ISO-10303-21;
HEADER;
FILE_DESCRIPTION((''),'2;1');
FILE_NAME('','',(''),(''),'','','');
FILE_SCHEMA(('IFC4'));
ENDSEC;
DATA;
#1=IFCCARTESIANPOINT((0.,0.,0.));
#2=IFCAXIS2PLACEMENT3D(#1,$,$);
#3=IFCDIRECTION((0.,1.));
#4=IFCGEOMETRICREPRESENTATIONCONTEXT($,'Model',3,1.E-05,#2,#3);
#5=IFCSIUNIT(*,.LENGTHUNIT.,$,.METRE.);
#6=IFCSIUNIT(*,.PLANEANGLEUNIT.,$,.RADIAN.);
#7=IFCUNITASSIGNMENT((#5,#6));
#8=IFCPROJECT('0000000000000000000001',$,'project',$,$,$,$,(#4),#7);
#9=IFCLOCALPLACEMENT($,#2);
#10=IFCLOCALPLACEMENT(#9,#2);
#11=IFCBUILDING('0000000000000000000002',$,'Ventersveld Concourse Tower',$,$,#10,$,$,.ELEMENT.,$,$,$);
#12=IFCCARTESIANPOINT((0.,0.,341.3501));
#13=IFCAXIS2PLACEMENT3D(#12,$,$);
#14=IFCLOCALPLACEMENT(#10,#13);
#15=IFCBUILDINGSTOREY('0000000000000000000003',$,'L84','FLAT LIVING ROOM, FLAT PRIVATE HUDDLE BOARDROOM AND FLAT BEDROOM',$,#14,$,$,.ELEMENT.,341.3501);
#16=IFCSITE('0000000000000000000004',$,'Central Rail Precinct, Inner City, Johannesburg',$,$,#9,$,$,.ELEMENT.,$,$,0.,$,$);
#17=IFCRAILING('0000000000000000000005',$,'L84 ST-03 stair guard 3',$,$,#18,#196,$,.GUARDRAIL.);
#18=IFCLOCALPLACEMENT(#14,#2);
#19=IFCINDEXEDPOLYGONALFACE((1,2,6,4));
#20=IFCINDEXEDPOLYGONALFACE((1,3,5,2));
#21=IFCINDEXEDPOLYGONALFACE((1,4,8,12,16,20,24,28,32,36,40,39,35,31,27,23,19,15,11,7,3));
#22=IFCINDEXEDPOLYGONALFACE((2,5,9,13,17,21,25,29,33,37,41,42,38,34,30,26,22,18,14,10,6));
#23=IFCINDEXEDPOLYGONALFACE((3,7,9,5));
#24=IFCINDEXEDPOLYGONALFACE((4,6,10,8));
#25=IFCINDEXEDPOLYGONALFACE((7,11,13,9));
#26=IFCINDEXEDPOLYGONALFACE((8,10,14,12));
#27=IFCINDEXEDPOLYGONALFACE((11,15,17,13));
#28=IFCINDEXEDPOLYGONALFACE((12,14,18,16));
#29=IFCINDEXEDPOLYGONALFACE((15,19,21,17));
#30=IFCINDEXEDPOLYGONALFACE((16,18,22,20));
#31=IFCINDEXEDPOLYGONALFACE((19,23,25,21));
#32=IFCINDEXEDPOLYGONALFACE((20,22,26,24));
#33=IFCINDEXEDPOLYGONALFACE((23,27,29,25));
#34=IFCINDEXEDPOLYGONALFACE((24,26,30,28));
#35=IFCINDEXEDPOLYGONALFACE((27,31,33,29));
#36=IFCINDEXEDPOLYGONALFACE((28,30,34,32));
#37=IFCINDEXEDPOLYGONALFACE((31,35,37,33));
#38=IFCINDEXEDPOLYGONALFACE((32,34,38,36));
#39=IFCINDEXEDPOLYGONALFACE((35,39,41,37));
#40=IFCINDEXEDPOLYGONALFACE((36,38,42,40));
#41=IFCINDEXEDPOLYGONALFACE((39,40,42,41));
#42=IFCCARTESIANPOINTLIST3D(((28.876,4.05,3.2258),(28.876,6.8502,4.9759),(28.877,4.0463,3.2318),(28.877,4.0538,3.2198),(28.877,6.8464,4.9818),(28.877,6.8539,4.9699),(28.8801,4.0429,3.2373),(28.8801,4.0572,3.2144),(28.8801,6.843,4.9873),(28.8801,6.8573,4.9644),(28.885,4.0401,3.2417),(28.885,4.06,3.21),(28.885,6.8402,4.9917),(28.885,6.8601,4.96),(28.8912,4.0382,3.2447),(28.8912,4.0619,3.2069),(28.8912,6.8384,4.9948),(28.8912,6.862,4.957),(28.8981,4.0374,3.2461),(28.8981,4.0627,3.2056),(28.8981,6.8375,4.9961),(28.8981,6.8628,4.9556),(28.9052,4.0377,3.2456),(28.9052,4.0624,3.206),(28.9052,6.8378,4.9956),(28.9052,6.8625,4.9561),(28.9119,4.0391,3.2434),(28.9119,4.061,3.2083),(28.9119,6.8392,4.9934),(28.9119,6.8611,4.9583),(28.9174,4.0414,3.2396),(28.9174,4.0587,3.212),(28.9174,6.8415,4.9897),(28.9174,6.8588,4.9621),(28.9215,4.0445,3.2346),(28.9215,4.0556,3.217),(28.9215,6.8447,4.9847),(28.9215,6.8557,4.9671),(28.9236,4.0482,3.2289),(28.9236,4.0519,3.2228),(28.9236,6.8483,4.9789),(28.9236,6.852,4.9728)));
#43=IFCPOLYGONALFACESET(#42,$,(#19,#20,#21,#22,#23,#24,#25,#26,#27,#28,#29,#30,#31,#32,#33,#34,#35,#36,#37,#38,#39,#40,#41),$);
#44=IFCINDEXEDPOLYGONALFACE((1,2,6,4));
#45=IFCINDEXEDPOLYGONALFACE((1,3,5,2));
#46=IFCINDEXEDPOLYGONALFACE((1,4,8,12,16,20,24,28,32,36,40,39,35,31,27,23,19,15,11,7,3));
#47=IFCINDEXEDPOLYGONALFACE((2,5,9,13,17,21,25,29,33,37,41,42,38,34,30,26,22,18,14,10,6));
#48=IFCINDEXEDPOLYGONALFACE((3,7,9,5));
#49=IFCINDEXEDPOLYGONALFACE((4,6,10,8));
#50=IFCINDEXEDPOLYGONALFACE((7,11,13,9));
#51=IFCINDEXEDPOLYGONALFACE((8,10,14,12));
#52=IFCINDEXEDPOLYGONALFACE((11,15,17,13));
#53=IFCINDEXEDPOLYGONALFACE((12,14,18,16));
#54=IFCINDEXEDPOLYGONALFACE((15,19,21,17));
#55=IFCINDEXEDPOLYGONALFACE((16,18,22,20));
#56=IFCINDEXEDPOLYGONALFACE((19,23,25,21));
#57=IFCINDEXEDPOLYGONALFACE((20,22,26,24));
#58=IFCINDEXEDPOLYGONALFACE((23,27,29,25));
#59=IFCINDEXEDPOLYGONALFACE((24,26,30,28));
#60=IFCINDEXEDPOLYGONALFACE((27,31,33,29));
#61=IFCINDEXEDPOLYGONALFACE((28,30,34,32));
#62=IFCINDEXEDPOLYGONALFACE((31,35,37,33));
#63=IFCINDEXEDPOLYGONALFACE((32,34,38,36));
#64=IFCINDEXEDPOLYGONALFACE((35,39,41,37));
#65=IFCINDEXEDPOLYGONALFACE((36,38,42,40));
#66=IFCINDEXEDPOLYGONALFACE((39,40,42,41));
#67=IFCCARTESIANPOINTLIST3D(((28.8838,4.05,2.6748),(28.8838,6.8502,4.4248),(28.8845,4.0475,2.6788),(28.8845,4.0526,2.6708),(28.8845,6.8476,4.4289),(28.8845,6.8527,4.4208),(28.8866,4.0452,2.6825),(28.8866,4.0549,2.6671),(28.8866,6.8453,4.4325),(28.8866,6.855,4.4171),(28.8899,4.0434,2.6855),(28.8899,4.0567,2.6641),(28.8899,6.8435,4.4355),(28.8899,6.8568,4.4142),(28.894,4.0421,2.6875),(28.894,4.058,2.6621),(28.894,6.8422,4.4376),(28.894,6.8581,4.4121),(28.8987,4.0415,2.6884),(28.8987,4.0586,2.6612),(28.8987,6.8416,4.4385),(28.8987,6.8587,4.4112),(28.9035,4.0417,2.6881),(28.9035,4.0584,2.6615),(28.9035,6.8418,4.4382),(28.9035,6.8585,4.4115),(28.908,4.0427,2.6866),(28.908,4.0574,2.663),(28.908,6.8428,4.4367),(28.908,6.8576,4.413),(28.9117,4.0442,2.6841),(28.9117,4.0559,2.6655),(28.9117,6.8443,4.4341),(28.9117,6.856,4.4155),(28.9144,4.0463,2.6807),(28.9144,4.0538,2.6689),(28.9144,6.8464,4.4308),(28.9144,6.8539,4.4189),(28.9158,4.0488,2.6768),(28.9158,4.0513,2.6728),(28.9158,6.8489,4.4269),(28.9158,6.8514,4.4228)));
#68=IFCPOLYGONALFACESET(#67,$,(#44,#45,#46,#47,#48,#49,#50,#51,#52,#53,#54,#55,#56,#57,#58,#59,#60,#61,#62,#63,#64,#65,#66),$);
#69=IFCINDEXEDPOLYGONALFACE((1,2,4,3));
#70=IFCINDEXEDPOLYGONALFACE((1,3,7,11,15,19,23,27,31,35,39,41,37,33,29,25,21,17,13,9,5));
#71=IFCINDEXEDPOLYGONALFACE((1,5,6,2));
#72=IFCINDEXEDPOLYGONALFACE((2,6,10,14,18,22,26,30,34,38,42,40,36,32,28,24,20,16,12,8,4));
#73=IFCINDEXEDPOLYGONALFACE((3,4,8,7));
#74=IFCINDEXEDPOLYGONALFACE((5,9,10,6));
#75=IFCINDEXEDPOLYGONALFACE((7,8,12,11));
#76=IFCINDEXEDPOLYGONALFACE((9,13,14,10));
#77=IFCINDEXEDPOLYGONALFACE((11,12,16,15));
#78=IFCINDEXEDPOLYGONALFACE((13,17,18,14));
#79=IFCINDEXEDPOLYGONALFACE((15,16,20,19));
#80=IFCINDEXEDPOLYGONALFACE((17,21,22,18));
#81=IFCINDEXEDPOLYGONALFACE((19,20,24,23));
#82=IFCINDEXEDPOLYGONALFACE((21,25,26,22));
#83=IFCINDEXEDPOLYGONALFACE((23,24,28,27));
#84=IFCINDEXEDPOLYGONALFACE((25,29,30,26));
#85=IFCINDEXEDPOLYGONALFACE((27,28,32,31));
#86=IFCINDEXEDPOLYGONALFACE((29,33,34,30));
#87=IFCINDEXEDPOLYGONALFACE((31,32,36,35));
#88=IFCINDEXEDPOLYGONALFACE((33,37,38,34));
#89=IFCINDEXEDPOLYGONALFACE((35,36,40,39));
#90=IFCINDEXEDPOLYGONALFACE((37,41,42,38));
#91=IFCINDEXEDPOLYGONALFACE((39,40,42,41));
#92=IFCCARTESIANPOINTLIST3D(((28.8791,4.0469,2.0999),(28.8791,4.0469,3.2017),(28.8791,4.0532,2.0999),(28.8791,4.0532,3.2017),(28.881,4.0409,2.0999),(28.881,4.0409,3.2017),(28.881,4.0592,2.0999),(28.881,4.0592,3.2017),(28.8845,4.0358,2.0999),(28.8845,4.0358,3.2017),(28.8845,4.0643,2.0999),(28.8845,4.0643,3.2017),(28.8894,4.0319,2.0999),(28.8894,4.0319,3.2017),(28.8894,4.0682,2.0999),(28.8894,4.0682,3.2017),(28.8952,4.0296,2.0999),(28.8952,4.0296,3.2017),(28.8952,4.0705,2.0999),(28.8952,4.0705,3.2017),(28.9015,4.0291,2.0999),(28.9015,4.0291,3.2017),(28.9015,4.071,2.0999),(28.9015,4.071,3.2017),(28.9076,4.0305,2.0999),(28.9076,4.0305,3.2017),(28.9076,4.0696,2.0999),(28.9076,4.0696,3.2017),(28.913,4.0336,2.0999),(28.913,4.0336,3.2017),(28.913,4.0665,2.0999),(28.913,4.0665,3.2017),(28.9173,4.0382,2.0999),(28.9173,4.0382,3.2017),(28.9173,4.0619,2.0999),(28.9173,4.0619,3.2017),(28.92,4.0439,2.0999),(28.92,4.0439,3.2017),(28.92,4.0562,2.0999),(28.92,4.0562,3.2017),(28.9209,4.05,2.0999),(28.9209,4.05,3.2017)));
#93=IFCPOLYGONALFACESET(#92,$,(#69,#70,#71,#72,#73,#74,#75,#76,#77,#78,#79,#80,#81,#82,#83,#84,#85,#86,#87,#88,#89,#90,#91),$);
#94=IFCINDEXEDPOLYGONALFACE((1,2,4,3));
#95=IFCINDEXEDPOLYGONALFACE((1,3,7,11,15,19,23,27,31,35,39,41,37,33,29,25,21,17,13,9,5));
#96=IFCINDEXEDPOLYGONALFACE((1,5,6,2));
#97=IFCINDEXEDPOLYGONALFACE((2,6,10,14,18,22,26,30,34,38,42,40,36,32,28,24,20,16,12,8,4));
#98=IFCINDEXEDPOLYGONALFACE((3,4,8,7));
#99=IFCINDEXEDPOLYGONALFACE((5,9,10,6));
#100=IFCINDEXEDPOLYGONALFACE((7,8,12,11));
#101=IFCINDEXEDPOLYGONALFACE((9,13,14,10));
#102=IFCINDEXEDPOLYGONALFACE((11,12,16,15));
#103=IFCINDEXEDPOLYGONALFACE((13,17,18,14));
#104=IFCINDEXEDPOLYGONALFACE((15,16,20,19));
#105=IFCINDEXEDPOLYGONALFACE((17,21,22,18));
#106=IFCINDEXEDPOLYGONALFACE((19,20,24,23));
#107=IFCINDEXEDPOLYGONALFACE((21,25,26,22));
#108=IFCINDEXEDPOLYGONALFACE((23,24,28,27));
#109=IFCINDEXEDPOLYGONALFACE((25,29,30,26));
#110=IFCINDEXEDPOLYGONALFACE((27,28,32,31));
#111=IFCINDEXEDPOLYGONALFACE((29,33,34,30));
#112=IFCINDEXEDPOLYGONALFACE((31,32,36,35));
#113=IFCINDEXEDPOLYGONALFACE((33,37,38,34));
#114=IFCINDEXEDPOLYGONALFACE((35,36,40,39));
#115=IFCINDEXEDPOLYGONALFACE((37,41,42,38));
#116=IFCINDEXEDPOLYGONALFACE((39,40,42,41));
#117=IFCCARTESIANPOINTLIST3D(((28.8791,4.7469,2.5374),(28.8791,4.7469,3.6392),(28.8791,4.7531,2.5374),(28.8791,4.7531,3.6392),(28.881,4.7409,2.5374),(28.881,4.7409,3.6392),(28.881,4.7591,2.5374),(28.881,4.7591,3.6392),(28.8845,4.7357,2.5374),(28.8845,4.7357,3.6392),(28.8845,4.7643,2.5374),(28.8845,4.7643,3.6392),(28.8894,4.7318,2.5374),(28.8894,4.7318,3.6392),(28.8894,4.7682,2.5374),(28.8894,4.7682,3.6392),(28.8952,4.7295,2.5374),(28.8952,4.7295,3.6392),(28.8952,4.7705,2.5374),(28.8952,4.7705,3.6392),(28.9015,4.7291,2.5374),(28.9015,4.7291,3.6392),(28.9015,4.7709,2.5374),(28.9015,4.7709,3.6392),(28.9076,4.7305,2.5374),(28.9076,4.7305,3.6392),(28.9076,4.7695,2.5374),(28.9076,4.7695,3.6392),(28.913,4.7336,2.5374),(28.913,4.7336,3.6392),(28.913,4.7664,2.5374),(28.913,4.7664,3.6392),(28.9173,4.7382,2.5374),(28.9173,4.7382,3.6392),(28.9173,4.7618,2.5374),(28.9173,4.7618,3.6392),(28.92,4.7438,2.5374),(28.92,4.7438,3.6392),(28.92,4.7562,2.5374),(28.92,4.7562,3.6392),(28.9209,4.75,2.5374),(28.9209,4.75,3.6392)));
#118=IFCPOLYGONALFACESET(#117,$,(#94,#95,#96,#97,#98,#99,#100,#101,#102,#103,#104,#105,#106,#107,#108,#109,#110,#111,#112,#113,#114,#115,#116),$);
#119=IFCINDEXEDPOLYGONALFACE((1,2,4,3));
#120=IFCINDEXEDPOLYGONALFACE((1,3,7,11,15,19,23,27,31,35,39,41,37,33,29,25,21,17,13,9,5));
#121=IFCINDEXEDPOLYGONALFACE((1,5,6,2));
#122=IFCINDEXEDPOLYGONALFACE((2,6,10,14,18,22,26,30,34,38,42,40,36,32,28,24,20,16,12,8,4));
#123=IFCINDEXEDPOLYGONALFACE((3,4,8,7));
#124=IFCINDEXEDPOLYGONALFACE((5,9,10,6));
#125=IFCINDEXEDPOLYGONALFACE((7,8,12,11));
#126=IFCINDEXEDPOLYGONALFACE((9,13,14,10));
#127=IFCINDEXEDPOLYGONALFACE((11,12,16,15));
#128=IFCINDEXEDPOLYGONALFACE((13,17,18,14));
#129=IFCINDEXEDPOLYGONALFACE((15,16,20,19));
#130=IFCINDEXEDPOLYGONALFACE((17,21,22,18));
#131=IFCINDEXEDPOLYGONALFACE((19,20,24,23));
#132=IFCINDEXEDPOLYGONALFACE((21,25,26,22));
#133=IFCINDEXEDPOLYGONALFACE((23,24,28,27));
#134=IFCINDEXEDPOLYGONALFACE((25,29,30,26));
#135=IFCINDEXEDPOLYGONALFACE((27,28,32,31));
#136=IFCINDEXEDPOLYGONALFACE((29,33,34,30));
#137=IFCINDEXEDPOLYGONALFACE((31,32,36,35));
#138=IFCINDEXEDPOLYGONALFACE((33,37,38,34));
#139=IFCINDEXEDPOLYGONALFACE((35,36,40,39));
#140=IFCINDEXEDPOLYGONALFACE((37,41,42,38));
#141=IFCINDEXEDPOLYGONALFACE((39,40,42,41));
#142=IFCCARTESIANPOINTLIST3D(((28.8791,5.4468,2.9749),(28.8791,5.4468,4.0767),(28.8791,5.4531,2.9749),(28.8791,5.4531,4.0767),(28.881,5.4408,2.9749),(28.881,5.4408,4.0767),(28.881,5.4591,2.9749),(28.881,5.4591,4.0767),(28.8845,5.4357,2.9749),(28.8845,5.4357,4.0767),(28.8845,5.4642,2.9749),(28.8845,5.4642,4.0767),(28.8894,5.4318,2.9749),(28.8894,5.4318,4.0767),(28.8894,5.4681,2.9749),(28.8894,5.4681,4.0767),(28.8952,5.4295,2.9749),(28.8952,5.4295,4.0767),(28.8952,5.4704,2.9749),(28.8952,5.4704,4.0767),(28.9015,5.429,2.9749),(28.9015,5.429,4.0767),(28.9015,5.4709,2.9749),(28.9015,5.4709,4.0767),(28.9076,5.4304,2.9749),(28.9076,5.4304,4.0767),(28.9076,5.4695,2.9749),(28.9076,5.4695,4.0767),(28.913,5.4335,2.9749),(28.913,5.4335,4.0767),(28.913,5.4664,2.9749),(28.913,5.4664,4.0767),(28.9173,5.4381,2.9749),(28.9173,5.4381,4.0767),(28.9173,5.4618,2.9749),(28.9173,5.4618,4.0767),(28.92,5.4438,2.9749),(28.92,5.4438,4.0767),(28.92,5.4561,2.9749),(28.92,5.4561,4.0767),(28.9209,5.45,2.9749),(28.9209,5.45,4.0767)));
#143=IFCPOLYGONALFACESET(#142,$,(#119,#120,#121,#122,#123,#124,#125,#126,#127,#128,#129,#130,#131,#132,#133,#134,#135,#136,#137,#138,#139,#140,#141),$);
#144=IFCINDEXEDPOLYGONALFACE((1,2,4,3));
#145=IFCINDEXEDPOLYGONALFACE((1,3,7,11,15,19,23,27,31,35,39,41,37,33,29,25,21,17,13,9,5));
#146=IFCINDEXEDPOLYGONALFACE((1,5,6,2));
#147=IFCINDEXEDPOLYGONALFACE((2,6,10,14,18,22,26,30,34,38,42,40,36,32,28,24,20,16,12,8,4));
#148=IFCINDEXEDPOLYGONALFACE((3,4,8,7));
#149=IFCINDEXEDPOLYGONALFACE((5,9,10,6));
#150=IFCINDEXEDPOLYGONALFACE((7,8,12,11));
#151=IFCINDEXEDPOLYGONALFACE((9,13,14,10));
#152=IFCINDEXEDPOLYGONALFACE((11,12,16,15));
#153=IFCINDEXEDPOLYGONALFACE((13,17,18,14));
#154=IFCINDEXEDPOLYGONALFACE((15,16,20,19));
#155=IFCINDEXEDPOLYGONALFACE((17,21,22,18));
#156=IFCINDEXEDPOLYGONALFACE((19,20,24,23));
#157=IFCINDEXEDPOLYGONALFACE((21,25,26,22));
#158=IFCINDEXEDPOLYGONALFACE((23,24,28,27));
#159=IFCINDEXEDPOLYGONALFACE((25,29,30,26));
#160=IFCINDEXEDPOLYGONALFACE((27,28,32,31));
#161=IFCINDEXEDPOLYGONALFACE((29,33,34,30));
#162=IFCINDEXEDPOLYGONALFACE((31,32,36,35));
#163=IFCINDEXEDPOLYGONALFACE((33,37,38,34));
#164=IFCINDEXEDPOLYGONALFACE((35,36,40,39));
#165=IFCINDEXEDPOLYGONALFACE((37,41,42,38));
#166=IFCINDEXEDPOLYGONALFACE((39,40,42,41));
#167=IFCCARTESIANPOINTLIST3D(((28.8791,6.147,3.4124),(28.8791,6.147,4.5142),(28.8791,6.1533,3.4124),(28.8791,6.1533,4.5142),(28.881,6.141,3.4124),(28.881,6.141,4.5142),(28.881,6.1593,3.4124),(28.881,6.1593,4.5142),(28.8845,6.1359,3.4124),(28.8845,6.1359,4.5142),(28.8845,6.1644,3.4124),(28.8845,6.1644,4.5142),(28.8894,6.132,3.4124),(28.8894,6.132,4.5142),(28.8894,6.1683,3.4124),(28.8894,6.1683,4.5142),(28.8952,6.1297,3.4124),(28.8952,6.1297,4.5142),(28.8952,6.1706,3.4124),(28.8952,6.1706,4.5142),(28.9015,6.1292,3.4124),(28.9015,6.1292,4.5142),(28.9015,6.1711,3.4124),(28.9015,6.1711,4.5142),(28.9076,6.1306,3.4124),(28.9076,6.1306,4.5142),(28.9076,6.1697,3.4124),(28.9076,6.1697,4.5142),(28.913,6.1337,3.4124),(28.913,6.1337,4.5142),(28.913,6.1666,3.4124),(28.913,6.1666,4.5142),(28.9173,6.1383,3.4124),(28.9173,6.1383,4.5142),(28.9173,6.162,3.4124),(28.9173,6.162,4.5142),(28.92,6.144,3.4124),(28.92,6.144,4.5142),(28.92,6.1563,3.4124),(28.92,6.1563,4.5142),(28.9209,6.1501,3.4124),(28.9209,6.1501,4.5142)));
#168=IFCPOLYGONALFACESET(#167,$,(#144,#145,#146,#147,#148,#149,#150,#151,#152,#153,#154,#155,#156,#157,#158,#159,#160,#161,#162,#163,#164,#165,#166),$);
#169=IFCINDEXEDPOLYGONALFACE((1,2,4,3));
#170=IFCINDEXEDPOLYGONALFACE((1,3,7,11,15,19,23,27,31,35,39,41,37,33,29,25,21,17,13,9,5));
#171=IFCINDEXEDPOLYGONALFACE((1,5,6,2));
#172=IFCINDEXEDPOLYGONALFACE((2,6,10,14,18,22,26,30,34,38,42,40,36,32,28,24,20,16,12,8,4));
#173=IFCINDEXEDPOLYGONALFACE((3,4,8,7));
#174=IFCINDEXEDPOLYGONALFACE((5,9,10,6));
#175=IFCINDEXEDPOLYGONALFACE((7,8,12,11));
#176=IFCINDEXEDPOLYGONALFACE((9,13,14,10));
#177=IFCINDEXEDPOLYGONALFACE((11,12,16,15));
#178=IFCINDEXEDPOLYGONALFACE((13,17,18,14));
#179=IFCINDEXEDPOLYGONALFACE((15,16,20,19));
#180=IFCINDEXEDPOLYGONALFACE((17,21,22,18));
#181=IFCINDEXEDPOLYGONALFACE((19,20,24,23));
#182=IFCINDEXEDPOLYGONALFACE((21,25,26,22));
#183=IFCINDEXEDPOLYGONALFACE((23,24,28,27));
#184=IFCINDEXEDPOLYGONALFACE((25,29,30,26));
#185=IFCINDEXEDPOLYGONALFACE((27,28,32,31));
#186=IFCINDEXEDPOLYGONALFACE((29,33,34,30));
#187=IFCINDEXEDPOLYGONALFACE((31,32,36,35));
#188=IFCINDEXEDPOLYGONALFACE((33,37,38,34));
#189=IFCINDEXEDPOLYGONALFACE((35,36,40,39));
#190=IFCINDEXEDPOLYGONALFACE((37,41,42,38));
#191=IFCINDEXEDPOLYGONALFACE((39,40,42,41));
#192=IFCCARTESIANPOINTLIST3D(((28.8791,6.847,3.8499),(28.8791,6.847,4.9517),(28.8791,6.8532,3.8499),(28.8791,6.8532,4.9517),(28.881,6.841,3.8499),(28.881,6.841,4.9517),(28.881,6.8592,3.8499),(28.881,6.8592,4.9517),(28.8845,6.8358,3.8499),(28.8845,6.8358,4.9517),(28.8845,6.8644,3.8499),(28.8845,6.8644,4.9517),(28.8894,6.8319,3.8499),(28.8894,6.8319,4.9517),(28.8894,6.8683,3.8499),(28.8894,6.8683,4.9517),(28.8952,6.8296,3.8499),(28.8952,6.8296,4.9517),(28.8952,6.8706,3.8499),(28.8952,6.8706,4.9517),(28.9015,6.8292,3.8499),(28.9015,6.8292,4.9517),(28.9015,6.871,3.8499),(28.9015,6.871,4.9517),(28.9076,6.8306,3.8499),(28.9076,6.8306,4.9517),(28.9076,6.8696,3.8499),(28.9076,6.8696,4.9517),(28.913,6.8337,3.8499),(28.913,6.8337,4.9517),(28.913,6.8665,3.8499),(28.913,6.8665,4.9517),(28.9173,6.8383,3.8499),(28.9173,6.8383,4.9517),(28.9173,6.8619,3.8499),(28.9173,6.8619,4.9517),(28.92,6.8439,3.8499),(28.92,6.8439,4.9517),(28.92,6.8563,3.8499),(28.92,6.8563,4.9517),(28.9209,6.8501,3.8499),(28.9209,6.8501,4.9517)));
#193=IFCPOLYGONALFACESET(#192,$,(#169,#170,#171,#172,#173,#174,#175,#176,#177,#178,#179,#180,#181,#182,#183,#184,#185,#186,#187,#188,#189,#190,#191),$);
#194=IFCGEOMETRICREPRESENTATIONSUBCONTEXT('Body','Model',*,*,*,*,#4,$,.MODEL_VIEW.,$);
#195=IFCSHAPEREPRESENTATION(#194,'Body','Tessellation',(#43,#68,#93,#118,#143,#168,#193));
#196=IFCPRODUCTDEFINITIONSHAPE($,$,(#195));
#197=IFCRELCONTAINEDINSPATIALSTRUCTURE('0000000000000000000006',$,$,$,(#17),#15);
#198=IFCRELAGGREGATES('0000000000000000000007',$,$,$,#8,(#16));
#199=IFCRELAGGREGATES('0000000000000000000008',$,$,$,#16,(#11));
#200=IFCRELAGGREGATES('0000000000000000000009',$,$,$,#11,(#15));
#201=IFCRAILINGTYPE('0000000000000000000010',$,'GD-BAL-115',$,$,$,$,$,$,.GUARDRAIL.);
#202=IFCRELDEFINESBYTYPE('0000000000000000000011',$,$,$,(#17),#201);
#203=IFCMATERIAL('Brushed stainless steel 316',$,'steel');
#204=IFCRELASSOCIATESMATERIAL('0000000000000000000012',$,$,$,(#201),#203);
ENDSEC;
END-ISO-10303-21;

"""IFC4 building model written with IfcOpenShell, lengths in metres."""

from ifc_helpers import new_model, si_unit, direction, frame, origin, origin_2d, place, context, subcontext, project, spatial, circle, extrude, material, type_object, element, save


model = new_model("IFC4")

# Units and contexts
model_context = context("Model", 3, precision=1e-05, world=origin(), true_north=direction((0.0, 1.0)))
body_context = subcontext(model_context, "Body", "Model", "MODEL_VIEW")
ifc_project = project(units=[si_unit("LENGTHUNIT", "METRE"), si_unit("PLANEANGLEUNIT", "RADIAN")], contexts=[model_context])

# Site, building, storey
site_placement = place(None, origin())
site = spatial("IfcSite", under=ifc_project, at=site_placement, Name="Central Rail Precinct, Inner City, Johannesburg", CompositionType="ELEMENT", RefElevation=0.0)
building_placement = place(site_placement, origin())
building = spatial("IfcBuilding", under=site, at=building_placement, Name="Ventersveld Concourse Tower", CompositionType="ELEMENT")
storey_placement = place(building_placement, frame((0.0, 0.0, 341.3501)))
storey = spatial("IfcBuildingStorey", under=building, at=storey_placement, Name="L84", Description="FLAT LIVING ROOM, FLAT PRIVATE HUDDLE BOARDROOM AND FLAT BEDROOM", CompositionType="ELEMENT", Elevation=341.3501)

# Railing
ifc_material_1 = material(Name="Brushed stainless steel 316", Category="steel")
railing_type_1 = type_object("IfcRailingType", Name="GD-BAL-115", PredefinedType="GUARDRAIL", material=ifc_material_1)
railing_1_placement = place(storey_placement, frame((28.8999, 4.05, 2.0999)))
element("IfcRailing", 1, at=railing_1_placement, inside=storey, type_object=railing_type_1, Name="L84 ST-03 stair guard 3", PredefinedType="GUARDRAIL", context=body_context, shape_type="SweptSolid", body=[
    extrude(circle(Radius=0.0239, at=origin_2d()), frame((0.0, 0.0, 1.126), z_axis=(0.0, 0.848002, 0.529992), x_axis=(-1.0, 0.0, 0.0)), (0.0, 0.0, 1.0), 3.302),
    extrude(circle(Radius=0.0161, at=origin_2d()), frame((0.0, 0.0, 0.575), z_axis=(0.0, 0.848002, 0.529992), x_axis=(-1.0, 0.0, 0.0)), (0.0, 0.0, 1.0), 3.302),
    extrude(circle(Radius=0.021, at=origin_2d()), origin(), (0.0, 0.0, 1.0), 1.1018),
    extrude(circle(Radius=0.021, at=origin_2d()), frame((0.0, 0.7, 0.4375)), (0.0, 0.0, 1.0), 1.1018),
    extrude(circle(Radius=0.021, at=origin_2d()), frame((0.0, 1.3999, 0.875)), (0.0, 0.0, 1.0), 1.1018),
    extrude(circle(Radius=0.021, at=origin_2d()), frame((0.0, 2.1001, 1.3125)), (0.0, 0.0, 1.0), 1.1018),
    extrude(circle(Radius=0.021, at=origin_2d()), frame((0.0, 2.8, 1.75)), (0.0, 0.0, 1.0), 1.1018),
])

save(model, "model.ifc")
